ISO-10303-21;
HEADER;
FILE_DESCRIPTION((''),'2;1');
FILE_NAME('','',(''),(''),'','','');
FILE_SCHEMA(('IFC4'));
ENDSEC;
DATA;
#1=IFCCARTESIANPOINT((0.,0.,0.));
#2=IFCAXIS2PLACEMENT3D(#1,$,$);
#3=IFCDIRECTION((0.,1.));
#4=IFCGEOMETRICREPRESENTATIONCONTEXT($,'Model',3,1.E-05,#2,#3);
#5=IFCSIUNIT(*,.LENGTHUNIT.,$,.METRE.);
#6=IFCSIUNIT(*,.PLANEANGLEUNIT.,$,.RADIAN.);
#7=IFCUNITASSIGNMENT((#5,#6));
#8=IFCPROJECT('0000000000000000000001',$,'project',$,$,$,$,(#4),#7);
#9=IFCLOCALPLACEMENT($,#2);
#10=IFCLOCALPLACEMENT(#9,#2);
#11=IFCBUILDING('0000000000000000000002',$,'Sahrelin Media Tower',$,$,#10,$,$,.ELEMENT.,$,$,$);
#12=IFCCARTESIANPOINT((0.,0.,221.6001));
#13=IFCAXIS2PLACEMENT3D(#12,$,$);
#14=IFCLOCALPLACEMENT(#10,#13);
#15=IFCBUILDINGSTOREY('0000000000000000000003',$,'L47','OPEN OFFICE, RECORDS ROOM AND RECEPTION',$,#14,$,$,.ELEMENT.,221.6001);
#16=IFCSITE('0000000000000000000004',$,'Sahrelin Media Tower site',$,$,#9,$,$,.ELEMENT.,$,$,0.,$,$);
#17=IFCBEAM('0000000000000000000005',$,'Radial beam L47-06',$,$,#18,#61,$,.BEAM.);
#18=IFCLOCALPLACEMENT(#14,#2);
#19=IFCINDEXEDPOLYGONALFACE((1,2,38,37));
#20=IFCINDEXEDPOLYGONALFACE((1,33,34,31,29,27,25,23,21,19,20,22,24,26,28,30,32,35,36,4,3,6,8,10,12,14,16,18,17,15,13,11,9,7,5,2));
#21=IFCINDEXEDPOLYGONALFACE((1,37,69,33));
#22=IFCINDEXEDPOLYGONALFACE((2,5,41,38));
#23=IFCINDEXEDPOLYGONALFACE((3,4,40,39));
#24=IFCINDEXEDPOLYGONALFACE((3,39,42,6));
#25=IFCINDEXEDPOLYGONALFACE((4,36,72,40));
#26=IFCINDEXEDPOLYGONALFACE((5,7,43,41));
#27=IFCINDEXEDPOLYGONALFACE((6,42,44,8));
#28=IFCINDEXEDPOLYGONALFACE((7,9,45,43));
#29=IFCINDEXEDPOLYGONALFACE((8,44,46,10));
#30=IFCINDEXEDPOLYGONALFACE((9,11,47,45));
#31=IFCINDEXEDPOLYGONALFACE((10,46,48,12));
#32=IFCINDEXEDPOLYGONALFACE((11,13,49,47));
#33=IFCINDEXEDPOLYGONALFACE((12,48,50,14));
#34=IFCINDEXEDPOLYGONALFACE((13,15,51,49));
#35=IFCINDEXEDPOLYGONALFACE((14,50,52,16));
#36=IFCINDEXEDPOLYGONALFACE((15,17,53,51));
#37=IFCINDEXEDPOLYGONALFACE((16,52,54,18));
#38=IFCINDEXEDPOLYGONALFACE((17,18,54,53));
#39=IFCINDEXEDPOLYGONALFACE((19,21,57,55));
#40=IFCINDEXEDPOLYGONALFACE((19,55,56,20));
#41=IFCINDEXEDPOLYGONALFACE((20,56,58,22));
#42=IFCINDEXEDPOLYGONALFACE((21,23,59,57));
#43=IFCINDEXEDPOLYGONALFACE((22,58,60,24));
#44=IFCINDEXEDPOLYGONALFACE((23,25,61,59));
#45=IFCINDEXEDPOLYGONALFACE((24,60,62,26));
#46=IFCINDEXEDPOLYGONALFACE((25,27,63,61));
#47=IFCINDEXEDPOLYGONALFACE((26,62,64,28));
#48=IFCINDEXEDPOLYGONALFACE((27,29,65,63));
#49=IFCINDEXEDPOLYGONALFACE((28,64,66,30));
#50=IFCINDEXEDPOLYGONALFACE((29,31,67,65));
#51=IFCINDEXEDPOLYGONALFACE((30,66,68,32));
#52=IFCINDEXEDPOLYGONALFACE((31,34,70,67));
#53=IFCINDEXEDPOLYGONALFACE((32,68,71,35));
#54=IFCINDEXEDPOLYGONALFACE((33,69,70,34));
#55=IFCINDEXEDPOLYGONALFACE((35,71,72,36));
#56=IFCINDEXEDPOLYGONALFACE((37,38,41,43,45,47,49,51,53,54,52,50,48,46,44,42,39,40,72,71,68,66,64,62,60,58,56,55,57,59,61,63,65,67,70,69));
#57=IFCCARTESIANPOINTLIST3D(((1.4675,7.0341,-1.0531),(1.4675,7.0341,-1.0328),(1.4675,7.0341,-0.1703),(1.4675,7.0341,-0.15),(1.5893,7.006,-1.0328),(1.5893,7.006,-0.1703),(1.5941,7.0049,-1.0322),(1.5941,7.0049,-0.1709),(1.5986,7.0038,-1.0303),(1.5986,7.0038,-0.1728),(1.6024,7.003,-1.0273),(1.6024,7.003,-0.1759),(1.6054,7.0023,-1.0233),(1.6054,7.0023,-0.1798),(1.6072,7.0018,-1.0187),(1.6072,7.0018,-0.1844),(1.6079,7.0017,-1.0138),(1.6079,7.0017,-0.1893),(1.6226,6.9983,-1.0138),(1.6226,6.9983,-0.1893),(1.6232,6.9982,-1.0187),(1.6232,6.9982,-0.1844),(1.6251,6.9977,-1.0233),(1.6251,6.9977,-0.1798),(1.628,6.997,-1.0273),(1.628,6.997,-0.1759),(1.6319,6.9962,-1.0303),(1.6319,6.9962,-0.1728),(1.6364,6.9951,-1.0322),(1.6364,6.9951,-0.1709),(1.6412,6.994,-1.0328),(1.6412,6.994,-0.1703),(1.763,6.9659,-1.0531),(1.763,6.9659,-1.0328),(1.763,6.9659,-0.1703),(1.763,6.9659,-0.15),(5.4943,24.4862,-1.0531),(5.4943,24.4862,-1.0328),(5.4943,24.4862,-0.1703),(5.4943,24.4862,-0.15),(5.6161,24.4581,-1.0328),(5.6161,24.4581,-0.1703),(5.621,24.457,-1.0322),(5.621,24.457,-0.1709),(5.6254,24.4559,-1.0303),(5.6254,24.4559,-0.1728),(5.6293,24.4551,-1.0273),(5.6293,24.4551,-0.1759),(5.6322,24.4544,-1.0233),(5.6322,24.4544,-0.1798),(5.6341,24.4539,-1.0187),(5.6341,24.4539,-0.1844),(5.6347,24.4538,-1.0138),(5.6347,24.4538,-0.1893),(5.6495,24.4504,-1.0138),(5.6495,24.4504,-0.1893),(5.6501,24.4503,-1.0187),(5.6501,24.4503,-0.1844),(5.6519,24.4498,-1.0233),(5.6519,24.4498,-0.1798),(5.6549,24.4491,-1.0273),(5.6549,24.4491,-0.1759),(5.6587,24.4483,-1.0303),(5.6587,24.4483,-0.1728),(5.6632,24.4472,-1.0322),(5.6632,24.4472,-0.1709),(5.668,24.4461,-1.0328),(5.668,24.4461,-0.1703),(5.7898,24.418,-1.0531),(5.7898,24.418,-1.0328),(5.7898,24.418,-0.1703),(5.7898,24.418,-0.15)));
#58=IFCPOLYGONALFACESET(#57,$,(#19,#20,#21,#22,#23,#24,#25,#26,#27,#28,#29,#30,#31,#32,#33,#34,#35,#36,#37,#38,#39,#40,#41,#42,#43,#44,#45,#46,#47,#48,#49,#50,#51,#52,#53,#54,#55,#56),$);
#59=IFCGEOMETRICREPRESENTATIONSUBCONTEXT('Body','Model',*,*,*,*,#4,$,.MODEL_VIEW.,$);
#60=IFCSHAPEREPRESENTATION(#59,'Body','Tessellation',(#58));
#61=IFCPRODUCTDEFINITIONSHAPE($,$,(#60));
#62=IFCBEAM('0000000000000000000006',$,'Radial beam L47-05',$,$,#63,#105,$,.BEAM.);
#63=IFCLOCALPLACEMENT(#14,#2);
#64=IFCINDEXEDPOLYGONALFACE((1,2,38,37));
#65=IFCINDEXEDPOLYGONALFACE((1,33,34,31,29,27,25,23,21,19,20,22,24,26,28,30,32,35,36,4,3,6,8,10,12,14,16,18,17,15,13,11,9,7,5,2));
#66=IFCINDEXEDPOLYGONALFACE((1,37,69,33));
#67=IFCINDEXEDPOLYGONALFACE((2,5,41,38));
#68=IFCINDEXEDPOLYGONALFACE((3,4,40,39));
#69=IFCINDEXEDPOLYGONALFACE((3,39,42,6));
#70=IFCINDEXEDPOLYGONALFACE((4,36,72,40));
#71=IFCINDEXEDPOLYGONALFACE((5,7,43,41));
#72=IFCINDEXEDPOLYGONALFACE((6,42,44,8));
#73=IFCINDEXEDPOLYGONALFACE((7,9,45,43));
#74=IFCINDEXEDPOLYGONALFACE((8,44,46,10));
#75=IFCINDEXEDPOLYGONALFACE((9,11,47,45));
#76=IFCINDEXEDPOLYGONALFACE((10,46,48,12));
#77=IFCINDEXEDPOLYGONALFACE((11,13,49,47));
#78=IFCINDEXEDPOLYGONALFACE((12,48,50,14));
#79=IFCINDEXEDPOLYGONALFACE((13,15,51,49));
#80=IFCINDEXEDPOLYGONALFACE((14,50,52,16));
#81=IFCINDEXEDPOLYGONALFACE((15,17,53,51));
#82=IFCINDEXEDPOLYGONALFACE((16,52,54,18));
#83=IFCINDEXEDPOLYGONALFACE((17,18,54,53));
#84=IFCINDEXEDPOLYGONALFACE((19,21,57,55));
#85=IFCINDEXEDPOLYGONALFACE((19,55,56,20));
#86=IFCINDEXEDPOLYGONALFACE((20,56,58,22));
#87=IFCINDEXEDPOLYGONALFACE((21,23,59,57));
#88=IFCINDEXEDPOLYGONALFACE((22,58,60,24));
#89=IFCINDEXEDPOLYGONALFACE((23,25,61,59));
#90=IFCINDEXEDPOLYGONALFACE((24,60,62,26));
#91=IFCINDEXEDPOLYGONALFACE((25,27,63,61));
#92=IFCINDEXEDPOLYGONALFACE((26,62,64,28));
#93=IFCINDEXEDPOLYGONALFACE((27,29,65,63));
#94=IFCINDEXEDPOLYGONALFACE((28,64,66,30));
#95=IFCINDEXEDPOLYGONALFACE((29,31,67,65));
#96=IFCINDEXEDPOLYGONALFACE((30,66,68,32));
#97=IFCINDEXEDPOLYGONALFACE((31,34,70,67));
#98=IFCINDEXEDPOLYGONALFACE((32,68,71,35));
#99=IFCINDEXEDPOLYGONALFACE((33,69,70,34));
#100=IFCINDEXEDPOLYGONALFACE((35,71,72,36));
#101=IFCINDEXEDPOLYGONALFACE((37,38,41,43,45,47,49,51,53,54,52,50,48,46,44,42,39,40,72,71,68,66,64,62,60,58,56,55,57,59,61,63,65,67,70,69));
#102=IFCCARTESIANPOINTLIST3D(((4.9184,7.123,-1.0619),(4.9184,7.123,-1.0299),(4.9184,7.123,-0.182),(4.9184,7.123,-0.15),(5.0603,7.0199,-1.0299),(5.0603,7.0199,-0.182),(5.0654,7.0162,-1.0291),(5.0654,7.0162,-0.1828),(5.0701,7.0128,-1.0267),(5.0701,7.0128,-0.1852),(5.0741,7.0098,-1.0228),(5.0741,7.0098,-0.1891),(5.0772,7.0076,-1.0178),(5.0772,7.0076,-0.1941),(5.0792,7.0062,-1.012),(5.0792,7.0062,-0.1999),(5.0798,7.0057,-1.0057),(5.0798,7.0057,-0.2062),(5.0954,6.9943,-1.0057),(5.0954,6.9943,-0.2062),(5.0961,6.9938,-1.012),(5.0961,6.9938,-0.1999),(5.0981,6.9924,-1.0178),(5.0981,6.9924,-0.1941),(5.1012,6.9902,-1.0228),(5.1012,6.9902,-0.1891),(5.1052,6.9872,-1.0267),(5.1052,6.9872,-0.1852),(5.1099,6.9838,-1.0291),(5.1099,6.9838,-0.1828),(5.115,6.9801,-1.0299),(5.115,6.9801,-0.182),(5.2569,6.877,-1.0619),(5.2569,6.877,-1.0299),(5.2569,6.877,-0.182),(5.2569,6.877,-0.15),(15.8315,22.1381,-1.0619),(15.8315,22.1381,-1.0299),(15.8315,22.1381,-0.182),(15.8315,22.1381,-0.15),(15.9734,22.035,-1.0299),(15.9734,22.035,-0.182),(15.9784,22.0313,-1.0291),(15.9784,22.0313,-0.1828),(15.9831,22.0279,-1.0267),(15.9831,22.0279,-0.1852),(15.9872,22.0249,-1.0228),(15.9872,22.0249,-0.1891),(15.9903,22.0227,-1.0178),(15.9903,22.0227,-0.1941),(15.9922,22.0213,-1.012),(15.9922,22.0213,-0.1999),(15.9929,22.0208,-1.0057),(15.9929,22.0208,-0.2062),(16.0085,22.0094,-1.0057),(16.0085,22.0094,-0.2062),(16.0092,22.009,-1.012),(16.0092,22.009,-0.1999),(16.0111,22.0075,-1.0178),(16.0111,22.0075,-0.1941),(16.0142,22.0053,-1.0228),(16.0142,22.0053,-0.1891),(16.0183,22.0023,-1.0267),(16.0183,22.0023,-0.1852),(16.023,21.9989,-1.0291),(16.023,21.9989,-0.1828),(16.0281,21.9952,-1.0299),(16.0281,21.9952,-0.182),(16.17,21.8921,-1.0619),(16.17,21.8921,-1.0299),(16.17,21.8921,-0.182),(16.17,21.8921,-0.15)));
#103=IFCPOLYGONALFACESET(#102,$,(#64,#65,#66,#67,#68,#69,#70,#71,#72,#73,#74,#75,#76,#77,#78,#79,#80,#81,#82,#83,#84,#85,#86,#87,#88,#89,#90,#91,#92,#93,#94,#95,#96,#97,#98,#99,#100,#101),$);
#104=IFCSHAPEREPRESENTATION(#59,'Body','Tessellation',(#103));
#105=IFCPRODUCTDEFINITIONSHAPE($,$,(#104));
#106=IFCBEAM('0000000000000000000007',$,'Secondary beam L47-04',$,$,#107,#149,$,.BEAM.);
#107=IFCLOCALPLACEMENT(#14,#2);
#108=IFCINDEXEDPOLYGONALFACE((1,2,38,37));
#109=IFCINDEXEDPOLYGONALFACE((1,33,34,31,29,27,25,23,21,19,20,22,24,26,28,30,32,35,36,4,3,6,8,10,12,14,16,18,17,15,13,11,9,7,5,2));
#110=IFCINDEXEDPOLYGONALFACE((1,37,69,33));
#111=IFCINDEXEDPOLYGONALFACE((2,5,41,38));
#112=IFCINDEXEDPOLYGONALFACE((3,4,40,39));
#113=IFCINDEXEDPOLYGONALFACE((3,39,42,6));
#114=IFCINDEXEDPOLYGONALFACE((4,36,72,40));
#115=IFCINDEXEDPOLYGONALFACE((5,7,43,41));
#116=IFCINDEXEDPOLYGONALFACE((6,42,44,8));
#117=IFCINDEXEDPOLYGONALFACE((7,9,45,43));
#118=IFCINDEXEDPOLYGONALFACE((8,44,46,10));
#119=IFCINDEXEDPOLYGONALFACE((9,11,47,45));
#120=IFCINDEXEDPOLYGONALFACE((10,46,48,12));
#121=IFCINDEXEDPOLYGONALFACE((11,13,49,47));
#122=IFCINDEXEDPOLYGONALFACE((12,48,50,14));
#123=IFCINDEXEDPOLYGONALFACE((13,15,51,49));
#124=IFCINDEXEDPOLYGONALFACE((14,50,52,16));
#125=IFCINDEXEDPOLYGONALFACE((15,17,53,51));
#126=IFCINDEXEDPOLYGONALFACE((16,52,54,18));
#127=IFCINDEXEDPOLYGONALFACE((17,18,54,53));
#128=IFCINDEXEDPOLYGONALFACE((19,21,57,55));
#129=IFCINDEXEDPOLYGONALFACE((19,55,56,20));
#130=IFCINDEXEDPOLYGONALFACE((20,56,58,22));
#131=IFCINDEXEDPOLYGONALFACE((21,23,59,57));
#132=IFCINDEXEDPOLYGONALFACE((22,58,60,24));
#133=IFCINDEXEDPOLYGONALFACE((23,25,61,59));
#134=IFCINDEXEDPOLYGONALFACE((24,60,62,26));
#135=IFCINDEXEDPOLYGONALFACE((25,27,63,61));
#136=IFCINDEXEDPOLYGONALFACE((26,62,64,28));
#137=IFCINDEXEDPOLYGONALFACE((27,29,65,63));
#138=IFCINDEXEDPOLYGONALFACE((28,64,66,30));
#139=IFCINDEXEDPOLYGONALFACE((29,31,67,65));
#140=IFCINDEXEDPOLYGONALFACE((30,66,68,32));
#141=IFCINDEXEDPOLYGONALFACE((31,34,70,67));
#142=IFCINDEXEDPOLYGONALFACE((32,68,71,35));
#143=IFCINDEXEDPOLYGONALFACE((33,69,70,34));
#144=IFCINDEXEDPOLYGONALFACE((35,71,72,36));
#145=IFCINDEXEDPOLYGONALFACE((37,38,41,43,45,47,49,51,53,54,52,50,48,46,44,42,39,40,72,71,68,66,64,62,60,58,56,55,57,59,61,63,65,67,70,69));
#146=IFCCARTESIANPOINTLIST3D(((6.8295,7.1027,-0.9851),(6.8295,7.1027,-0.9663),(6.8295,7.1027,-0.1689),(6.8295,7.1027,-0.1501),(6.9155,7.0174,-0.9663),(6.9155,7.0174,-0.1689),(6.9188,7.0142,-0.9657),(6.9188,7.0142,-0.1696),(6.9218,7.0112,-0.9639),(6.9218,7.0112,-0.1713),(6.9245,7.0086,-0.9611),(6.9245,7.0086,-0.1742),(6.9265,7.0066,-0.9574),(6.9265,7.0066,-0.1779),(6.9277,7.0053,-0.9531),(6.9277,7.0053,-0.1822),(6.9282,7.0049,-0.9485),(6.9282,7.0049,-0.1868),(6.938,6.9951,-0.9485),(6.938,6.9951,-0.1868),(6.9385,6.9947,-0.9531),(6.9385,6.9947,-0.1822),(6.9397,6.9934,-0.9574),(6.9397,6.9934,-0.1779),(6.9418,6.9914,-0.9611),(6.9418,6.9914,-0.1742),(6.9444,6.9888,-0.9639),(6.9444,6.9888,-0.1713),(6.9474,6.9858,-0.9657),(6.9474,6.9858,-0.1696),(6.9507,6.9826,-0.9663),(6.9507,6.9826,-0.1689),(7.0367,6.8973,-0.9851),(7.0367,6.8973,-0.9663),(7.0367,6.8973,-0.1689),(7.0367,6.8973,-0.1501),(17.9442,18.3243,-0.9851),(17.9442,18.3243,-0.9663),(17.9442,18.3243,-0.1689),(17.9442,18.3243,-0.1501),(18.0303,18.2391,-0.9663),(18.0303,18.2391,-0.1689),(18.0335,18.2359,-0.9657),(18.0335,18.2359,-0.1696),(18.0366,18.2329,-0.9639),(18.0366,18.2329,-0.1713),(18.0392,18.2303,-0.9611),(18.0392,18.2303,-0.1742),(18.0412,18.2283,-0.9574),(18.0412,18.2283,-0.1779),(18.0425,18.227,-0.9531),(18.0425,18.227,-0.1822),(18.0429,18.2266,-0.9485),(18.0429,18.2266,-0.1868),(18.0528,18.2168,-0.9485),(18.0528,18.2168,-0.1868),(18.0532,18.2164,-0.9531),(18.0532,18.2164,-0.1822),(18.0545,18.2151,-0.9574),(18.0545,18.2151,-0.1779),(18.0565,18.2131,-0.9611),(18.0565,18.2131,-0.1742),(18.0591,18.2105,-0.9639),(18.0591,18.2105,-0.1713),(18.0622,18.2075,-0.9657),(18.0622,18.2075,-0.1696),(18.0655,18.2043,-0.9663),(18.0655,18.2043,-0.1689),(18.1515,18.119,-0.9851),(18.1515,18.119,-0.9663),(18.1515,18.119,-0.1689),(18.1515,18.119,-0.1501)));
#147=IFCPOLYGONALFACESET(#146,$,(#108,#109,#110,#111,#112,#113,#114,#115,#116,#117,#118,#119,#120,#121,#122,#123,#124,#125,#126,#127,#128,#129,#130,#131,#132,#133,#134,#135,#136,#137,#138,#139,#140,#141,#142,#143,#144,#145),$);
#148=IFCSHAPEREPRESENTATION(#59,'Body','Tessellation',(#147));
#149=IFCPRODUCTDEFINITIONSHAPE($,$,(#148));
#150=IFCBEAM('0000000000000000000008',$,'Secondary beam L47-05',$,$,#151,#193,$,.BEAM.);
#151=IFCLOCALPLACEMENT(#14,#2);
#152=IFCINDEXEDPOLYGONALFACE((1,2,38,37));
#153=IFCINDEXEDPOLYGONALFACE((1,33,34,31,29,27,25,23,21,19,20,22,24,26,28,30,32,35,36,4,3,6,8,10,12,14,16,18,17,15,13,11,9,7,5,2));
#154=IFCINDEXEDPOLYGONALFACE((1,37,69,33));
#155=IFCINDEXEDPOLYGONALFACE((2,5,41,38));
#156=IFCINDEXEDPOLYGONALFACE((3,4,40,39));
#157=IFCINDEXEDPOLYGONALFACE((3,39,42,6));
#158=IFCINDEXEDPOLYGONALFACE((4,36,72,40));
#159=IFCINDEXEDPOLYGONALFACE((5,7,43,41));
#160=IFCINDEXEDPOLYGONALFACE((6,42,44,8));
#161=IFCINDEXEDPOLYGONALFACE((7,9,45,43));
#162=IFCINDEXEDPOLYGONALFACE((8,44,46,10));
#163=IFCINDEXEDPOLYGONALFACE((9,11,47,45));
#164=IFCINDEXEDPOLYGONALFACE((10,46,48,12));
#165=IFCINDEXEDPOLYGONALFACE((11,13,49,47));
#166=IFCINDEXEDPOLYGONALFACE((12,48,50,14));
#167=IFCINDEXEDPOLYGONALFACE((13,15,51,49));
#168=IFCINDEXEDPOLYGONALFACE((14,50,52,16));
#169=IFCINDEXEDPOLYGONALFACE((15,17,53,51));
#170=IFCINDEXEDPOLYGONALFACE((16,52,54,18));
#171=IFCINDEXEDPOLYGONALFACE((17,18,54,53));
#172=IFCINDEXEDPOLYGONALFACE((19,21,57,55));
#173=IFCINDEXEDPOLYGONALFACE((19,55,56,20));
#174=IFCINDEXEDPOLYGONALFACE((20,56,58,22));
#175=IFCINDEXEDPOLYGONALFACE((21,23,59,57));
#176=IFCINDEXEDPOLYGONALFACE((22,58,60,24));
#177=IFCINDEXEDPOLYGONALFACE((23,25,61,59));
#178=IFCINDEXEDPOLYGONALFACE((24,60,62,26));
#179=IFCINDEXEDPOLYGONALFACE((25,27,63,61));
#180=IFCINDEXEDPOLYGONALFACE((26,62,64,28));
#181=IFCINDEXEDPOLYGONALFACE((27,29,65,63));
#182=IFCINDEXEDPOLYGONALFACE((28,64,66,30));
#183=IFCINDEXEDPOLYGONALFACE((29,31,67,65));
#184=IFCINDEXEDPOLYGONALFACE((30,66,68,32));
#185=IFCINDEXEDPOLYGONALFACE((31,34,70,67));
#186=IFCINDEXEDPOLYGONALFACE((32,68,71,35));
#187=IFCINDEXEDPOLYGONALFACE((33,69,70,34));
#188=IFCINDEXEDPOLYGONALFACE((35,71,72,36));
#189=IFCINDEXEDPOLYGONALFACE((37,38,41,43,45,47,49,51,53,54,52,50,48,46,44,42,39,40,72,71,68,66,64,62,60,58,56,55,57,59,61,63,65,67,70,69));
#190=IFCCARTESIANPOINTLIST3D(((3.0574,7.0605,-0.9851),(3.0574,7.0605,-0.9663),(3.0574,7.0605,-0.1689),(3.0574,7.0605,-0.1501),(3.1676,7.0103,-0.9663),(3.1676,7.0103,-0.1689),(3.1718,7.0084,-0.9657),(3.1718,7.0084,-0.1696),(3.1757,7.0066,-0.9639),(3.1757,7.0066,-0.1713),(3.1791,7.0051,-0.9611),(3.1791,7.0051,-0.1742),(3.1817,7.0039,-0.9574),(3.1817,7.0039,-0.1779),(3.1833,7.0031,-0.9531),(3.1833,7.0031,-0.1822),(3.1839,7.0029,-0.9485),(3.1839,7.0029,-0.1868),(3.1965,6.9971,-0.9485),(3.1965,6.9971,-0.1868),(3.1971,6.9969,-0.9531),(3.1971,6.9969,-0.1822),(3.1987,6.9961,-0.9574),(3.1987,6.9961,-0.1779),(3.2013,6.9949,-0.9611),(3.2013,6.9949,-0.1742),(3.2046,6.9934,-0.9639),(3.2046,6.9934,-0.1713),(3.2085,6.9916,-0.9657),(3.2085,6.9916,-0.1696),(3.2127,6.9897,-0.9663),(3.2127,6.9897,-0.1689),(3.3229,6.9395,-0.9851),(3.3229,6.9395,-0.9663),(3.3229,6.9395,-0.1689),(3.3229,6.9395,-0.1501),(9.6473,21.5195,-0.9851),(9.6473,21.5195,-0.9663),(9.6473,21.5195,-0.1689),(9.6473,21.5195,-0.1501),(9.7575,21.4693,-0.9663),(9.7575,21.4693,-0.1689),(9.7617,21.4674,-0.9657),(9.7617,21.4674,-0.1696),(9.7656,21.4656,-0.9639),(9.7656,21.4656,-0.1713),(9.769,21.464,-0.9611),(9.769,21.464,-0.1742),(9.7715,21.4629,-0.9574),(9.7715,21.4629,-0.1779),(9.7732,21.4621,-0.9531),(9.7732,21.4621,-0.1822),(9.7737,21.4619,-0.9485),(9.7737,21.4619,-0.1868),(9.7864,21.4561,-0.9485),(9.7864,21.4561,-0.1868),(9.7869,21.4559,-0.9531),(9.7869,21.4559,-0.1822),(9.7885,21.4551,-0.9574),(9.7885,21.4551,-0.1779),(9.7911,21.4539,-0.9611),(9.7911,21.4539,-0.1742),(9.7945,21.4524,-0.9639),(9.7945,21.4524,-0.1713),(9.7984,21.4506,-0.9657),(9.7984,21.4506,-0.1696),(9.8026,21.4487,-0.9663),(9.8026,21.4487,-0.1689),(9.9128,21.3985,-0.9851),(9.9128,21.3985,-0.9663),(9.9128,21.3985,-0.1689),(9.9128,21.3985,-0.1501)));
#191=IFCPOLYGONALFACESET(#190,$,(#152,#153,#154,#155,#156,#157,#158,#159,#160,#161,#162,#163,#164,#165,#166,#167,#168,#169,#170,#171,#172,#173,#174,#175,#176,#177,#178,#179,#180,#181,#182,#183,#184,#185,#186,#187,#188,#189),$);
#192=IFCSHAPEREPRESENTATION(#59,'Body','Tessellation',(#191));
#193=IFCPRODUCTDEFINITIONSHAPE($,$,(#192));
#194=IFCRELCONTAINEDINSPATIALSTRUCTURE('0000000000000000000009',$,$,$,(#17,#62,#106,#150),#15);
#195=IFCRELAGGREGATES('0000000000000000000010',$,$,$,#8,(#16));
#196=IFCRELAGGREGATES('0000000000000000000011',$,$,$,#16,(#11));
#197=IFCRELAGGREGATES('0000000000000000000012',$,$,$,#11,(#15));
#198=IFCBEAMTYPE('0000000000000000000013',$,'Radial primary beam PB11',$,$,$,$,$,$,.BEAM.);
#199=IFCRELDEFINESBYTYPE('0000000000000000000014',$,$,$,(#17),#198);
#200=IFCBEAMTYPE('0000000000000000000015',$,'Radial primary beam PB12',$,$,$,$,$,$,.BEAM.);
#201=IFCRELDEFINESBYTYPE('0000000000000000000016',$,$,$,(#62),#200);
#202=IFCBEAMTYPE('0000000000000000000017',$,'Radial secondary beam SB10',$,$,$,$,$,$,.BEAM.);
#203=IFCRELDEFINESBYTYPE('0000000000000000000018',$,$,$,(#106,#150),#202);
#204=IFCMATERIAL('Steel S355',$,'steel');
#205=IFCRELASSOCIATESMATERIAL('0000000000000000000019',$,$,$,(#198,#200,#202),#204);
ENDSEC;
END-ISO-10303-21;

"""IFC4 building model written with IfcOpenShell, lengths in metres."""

from ifc_helpers import new_model, si_unit, direction, frame, origin, origin_2d, place, context, subcontext, project, spatial, i_section, extrude, material, material_profile, profile_set, type_object, element, save


model = new_model("IFC4")

# Units and contexts
model_context = context("Model", 3, precision=1e-05, world=origin(), true_north=direction((0.0, 1.0)))
body_context = subcontext(model_context, "Body", "Model", "MODEL_VIEW")
ifc_project = project(units=[si_unit("LENGTHUNIT", "METRE"), si_unit("PLANEANGLEUNIT", "RADIAN")], contexts=[model_context])

# Site, building, storey
site_placement = place(None, origin())
site = spatial("IfcSite", under=ifc_project, at=site_placement, Name="Sahrelin Media Tower site", CompositionType="ELEMENT", RefElevation=0.0)
building_placement = place(site_placement, origin())
building = spatial("IfcBuilding", under=site, at=building_placement, Name="Sahrelin Media Tower", CompositionType="ELEMENT")
storey_placement = place(building_placement, frame((0.0, 0.0, 221.6001)))
storey = spatial("IfcBuildingStorey", under=building, at=storey_placement, Name="L47", Description="OPEN OFFICE, RECORDS ROOM AND RECEPTION", CompositionType="ELEMENT", Elevation=221.6001)

# Shared definitions
ifc_material_1 = material(Name="Steel S355", Category="steel")

# Beams
ifc_material_profile_1 = material_profile(ifc_material_1, i_section(OverallWidth=0.3032, OverallDepth=0.9031, WebThickness=0.0151, FlangeThickness=0.0203, FilletRadius=0.019, at=origin_2d()), Name="UB 914x305x201")
ifc_profile_set_1 = profile_set([ifc_material_profile_1], Name="Steel S355")
beam_type_1 = type_object("IfcBeamType", Name="Radial primary beam PB11", PredefinedType="BEAM", material=ifc_profile_set_1)
beam_1_placement = place(storey_placement, frame((1.6152, 7.0, -0.6016), z_axis=(0.22483, 0.974398, 0.0), x_axis=(-0.974398, 0.22483, 0.0)))
element("IfcBeam", 1, at=beam_1_placement, inside=storey, type_object=beam_type_1, Name="Radial beam L47-06", PredefinedType="BEAM", context=body_context, shape_type="SweptSolid", body=[
    extrude(i_section(OverallWidth=0.3032, OverallDepth=0.9031, WebThickness=0.0151, FlangeThickness=0.0203, FilletRadius=0.019, at=origin_2d()), origin(), (0.0, 0.0, 1.0), 17.9106),
])
ifc_material_profile_2 = material_profile(ifc_material_1, i_section(OverallWidth=0.4185, OverallDepth=0.9119, WebThickness=0.0193, FlangeThickness=0.032, FilletRadius=0.0242, at=origin_2d()), Name="UB 914x419x343")
ifc_profile_set_2 = profile_set([ifc_material_profile_2], Name="Steel S355")
beam_type_2 = type_object("IfcBeamType", Name="Radial primary beam PB12", PredefinedType="BEAM", material=ifc_profile_set_2)
beam_2_placement = place(storey_placement, frame((5.0876, 7.0, -0.606), z_axis=(0.587925, 0.808916, 0.0), x_axis=(-0.808916, 0.587925, 0.0)))
element("IfcBeam", 2, at=beam_2_placement, inside=storey, type_object=beam_type_2, Name="Radial beam L47-05", PredefinedType="BEAM", context=body_context, shape_type="SweptSolid", body=[
    extrude(i_section(OverallWidth=0.4185, OverallDepth=0.9119, WebThickness=0.0193, FlangeThickness=0.032, FilletRadius=0.0242, at=origin_2d()), origin(), (0.0, 0.0, 1.0), 18.562),
])
ifc_material_profile_3 = material_profile(ifc_material_1, i_section(OverallWidth=0.2917, OverallDepth=0.835, WebThickness=0.0139, FlangeThickness=0.0188, FilletRadius=0.0178, at=origin_2d()), Name="UB 838x292x176")
ifc_profile_set_3 = profile_set([ifc_material_profile_3], Name="Steel S355")
beam_type_3 = type_object("IfcBeamType", Name="Radial secondary beam SB10", PredefinedType="BEAM", material=ifc_profile_set_3)
beam_3_placement = place(storey_placement, frame((6.9331, 7.0, -0.5676), z_axis=(0.703714, 0.710484, 0.0), x_axis=(-0.710484, 0.703714, 0.0)))
element("IfcBeam", 3, at=beam_3_placement, inside=storey, type_object=beam_type_3, Name="Secondary beam L47-04", PredefinedType="BEAM", context=body_context, shape_type="SweptSolid", body=[
    extrude(i_section(OverallWidth=0.2917, OverallDepth=0.835, WebThickness=0.0139, FlangeThickness=0.0188, FilletRadius=0.0178, at=origin_2d()), origin(), (0.0, 0.0, 1.0), 15.7944),
])
beam_4_placement = place(storey_placement, frame((3.1902, 7.0, -0.5676), z_axis=(0.41472, 0.909949, 0.0), x_axis=(-0.909949, 0.41472, 0.0)))
element("IfcBeam", 4, at=beam_4_placement, inside=storey, type_object=beam_type_3, Name="Secondary beam L47-05", PredefinedType="BEAM", context=body_context, shape_type="SweptSolid", body=[
    extrude(i_section(OverallWidth=0.2917, OverallDepth=0.835, WebThickness=0.0139, FlangeThickness=0.0188, FilletRadius=0.0178, at=origin_2d()), origin(), (0.0, 0.0, 1.0), 15.8899),
])

save(model, "model.ifc")
